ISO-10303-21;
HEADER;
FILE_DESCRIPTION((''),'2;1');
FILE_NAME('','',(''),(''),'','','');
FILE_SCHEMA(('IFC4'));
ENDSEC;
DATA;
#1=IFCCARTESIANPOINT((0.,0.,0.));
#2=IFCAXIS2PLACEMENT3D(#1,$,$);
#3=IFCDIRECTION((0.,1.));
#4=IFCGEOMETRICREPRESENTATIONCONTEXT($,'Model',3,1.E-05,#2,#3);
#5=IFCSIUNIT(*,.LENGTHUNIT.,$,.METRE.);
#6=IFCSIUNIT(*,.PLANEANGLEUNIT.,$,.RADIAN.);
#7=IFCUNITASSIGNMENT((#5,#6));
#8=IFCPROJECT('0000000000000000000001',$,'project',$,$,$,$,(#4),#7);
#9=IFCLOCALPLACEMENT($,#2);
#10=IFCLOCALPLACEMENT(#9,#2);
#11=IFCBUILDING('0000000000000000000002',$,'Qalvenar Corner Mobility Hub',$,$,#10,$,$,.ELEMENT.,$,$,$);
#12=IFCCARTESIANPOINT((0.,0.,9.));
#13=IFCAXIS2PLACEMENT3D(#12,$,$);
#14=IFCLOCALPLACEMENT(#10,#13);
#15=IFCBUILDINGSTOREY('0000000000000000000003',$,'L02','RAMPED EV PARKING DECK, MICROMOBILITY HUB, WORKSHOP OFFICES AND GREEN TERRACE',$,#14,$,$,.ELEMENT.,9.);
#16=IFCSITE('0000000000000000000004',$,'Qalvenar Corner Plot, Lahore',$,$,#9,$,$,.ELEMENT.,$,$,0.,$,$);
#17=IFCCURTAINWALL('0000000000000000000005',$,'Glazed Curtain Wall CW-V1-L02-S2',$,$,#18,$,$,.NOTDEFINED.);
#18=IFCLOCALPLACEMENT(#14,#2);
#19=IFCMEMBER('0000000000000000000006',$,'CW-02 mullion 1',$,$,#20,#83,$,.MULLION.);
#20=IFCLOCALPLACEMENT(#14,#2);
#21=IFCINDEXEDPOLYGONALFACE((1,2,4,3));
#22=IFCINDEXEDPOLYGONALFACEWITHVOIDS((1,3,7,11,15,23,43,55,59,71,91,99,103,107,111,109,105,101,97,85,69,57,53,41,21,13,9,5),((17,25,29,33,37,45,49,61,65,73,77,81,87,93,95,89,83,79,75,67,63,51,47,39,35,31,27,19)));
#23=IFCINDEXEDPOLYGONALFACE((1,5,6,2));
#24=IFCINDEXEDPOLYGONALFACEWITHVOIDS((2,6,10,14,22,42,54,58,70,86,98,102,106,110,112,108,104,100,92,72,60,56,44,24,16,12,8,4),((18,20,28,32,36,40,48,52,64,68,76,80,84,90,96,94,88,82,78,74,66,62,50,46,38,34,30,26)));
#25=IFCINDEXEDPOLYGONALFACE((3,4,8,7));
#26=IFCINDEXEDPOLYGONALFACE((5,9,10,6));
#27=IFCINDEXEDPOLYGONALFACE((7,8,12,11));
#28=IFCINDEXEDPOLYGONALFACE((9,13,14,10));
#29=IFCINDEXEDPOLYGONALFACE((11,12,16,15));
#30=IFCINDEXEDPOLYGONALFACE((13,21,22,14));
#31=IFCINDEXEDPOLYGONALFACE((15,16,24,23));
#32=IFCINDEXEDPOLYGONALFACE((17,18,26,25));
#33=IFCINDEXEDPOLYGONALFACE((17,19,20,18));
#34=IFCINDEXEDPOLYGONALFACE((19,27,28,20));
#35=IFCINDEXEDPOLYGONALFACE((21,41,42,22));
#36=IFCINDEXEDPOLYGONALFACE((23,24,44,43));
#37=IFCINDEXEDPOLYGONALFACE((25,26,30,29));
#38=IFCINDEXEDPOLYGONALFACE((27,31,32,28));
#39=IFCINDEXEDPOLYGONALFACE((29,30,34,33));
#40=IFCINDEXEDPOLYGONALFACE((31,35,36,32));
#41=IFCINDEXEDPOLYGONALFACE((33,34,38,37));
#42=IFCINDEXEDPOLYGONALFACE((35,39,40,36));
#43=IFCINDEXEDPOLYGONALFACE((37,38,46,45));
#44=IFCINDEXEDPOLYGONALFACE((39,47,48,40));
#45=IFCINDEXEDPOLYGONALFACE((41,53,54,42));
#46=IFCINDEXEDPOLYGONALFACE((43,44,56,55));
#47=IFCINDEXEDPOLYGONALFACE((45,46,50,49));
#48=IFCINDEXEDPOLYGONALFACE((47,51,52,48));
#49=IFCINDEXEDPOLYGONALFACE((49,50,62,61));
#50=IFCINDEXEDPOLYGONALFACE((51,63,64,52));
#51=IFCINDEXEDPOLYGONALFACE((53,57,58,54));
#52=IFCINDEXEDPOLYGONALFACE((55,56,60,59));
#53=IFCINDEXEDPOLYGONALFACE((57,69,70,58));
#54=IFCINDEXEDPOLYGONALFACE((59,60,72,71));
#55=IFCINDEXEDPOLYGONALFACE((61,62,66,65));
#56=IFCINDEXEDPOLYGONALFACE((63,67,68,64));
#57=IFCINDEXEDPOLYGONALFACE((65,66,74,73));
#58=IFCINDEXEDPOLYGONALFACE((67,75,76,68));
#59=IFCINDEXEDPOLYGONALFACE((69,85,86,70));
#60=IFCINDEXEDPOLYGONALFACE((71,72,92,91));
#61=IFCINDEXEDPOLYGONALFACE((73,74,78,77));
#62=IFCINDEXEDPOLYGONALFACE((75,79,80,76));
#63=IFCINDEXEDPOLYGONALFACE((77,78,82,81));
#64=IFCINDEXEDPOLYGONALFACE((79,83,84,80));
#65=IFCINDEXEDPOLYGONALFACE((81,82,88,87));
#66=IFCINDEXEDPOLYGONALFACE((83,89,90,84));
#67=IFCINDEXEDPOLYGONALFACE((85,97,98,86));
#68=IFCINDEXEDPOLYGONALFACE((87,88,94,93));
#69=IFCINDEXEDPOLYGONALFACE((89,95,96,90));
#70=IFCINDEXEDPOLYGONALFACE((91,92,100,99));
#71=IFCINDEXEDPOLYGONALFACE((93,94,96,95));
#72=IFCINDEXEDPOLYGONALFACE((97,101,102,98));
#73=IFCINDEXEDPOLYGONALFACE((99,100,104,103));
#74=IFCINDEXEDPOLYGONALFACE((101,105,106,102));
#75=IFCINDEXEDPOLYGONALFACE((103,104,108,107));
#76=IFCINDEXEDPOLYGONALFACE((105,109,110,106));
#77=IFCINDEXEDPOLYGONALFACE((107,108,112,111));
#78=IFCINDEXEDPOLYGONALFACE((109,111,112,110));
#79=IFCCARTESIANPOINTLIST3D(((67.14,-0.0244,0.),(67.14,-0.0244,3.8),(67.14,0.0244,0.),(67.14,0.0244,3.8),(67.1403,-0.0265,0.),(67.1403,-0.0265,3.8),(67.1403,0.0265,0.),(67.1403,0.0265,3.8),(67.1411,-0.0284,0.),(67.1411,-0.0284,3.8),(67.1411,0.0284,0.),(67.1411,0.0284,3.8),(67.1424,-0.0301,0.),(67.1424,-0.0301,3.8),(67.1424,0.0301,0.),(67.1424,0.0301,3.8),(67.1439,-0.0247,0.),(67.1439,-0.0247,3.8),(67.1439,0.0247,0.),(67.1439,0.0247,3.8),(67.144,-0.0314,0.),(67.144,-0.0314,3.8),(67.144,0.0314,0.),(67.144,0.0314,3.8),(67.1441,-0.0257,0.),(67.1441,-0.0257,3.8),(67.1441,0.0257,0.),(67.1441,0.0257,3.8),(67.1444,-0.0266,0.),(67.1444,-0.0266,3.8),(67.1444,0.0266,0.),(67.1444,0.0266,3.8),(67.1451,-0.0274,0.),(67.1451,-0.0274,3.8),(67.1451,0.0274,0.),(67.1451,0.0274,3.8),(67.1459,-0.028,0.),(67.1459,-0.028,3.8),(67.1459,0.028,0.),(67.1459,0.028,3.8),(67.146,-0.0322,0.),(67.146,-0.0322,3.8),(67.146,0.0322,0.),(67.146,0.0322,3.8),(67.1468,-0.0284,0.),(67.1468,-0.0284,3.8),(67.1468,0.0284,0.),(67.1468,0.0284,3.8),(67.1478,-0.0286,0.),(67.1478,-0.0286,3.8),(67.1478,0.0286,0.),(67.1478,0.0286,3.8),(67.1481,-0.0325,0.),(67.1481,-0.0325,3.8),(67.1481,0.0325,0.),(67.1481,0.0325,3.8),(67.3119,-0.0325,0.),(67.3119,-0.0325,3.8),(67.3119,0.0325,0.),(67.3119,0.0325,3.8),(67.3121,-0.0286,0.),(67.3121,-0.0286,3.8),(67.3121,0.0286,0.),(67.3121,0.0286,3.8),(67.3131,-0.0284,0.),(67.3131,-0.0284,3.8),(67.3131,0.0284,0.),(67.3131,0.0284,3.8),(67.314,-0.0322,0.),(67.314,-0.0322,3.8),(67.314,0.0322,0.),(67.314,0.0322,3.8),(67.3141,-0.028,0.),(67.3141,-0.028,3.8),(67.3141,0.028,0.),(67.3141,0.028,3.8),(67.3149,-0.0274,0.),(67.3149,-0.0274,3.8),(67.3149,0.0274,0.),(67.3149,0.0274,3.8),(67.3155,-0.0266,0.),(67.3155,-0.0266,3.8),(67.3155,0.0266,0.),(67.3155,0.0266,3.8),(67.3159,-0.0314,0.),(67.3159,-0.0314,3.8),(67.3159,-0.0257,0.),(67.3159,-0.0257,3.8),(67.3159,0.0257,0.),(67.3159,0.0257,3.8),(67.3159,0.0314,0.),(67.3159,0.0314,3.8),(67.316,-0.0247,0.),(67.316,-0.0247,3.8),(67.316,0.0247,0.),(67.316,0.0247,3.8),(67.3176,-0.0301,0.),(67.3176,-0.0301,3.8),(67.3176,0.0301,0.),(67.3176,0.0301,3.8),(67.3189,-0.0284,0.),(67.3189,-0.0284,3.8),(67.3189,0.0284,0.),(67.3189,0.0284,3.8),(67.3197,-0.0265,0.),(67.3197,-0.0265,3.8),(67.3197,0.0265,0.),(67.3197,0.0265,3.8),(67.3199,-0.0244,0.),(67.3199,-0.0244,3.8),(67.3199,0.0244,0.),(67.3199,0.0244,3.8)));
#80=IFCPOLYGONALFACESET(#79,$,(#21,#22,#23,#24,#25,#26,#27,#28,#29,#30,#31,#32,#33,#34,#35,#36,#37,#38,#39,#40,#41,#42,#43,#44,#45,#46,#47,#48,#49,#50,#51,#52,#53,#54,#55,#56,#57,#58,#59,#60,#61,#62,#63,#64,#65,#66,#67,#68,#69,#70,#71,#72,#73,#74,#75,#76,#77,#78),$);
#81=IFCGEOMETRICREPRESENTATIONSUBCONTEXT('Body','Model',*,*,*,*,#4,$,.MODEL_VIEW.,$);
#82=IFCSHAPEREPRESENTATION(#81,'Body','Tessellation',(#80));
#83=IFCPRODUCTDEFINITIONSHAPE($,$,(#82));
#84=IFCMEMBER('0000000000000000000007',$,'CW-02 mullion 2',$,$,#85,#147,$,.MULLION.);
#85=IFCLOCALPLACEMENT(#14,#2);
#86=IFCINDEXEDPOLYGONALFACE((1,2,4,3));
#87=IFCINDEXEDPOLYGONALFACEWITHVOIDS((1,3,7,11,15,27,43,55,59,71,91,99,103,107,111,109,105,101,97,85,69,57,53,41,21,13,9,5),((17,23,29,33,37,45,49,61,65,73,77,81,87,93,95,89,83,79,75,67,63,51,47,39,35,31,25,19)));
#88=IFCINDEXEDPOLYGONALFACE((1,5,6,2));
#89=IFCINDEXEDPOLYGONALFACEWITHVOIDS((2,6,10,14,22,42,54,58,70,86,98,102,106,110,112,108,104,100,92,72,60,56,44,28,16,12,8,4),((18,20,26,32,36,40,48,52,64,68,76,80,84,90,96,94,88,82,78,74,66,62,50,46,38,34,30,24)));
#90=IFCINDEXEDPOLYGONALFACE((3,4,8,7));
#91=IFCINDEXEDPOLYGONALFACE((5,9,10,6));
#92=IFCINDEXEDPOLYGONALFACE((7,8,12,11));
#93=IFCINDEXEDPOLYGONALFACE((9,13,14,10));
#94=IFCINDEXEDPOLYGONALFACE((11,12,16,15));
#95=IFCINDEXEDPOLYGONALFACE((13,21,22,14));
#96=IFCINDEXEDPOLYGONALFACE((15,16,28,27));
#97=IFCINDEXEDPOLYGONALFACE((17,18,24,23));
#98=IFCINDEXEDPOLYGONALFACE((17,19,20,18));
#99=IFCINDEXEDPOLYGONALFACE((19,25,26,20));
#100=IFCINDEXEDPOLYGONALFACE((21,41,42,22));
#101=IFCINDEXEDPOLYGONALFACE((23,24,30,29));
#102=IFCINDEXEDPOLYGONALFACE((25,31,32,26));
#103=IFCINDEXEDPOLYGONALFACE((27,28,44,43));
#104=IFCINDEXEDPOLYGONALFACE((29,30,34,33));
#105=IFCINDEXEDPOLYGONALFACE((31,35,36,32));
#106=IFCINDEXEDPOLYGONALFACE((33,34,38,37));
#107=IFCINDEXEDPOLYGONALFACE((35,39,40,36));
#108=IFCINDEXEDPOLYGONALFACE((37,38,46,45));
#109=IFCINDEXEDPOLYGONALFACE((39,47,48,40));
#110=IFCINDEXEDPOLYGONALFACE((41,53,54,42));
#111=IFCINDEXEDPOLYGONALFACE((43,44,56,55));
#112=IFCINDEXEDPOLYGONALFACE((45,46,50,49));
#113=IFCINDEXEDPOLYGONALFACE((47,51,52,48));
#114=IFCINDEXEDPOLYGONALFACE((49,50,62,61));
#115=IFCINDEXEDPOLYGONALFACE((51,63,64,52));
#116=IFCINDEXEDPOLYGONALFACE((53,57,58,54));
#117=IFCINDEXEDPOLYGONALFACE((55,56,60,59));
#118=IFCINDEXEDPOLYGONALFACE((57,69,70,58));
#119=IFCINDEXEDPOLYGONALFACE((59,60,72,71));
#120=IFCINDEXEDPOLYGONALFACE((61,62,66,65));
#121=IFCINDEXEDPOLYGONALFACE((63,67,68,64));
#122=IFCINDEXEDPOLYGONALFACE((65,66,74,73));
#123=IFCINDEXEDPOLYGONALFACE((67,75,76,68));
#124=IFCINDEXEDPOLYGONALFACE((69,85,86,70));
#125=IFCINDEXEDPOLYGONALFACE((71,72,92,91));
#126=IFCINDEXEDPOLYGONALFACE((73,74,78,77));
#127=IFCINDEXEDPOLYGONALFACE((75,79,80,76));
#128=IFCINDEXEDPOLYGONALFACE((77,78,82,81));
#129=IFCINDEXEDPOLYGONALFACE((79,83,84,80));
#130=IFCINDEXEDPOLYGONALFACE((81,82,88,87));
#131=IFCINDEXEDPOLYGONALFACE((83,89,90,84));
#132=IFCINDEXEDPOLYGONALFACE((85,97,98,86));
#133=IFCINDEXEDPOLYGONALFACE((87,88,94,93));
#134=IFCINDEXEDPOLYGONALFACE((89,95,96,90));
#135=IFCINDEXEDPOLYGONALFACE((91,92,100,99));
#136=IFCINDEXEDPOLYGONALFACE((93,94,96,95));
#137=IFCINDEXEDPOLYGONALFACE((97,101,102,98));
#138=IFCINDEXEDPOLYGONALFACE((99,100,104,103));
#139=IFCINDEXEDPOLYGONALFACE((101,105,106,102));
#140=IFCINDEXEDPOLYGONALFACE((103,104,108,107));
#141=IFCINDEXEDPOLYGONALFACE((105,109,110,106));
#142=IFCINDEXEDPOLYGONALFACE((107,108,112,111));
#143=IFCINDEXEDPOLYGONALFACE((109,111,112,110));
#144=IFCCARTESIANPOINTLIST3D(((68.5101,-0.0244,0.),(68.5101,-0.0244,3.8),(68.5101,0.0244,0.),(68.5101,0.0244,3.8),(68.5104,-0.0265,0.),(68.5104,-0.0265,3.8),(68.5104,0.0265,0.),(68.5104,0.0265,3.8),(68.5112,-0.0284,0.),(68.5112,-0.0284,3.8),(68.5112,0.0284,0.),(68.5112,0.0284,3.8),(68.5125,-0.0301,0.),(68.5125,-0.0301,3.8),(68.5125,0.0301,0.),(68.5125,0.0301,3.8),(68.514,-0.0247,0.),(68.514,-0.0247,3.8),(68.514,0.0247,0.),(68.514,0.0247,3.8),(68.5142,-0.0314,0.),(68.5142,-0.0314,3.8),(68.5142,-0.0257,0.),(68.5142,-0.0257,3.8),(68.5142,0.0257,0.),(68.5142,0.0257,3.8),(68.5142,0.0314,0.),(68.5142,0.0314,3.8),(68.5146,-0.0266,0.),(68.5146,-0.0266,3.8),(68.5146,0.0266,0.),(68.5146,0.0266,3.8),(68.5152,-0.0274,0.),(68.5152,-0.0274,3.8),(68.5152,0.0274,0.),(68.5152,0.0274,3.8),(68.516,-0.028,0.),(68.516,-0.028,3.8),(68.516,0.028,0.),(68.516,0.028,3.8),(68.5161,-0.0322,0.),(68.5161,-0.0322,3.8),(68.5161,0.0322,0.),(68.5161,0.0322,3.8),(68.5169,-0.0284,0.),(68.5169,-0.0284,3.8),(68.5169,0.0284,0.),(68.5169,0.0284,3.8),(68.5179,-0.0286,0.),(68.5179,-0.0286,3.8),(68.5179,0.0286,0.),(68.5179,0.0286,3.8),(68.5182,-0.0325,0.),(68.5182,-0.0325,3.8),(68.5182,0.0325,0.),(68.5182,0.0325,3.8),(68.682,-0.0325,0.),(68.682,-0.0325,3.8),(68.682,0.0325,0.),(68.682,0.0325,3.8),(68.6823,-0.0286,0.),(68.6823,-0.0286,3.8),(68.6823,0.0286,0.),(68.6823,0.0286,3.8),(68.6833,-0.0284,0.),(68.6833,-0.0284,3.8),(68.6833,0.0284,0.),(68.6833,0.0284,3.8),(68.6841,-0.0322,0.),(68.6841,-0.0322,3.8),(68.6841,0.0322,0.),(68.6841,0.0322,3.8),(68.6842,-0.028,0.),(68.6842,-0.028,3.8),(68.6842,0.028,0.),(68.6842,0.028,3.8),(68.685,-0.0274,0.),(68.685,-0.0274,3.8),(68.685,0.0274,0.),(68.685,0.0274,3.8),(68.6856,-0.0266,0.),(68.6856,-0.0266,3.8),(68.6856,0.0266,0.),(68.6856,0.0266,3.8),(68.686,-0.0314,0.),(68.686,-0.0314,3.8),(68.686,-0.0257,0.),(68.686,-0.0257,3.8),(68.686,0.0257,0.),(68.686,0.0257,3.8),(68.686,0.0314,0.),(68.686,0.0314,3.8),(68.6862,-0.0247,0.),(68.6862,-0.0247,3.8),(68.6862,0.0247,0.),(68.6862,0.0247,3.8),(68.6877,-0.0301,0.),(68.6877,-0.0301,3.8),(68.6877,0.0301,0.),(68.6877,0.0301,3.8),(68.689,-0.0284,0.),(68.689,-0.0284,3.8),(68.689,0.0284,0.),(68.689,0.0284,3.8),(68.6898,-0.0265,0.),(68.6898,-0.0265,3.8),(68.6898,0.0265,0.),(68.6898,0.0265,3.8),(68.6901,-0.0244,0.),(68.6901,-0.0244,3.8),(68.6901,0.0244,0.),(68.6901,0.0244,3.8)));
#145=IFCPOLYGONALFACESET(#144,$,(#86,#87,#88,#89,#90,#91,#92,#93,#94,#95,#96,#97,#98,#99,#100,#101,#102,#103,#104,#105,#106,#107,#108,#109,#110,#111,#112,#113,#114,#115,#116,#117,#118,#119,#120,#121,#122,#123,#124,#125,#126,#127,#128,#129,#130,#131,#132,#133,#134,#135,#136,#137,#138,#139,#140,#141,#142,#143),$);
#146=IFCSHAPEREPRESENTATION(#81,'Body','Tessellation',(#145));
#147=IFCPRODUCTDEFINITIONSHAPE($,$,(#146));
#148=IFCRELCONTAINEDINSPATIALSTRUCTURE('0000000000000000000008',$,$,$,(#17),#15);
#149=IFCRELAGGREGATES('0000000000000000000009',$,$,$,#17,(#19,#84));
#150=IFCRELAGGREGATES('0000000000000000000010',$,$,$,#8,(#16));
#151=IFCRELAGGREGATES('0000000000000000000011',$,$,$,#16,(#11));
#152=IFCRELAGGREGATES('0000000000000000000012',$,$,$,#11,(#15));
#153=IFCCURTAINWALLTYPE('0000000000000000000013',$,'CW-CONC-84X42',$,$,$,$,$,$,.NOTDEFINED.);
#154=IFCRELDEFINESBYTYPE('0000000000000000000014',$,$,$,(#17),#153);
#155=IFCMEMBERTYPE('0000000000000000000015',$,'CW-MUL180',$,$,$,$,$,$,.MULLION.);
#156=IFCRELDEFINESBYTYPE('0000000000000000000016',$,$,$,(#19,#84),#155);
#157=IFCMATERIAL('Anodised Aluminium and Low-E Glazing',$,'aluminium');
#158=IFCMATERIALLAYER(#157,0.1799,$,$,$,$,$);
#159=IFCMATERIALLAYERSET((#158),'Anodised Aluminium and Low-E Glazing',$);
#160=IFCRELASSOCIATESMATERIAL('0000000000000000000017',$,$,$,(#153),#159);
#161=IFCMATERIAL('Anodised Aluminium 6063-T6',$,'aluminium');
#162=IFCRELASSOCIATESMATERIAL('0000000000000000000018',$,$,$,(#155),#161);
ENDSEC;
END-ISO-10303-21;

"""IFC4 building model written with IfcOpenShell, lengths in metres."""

from ifc_helpers import new_model, si_unit, direction, frame, origin, origin_2d, place, context, subcontext, project, spatial, hollow_rectangle, extrude, material, layer, layer_set, material_profile, profile_set, type_object, element, aggregate, save


model = new_model("IFC4")

# Units and contexts
model_context = context("Model", 3, precision=1e-05, world=origin(), true_north=direction((0.0, 1.0)))
body_context = subcontext(model_context, "Body", "Model", "MODEL_VIEW")
ifc_project = project(units=[si_unit("LENGTHUNIT", "METRE"), si_unit("PLANEANGLEUNIT", "RADIAN")], contexts=[model_context])

# Site, building, storey
site_placement = place(None, origin())
site = spatial("IfcSite", under=ifc_project, at=site_placement, Name="Qalvenar Corner Plot, Lahore", CompositionType="ELEMENT", RefElevation=0.0)
building_placement = place(site_placement, origin())
building = spatial("IfcBuilding", under=site, at=building_placement, Name="Qalvenar Corner Mobility Hub", CompositionType="ELEMENT")
storey_placement = place(building_placement, frame((0.0, 0.0, 9.0)))
storey = spatial("IfcBuildingStorey", under=building, at=storey_placement, Name="L02", Description="RAMPED EV PARKING DECK, MICROMOBILITY HUB, WORKSHOP OFFICES AND GREEN TERRACE", CompositionType="ELEMENT", Elevation=9.0)

# Curtain wall, members
ifc_material_1 = material(Name="Anodised Aluminium and Low-E Glazing", Category="aluminium")
ifc_layer_1 = layer(ifc_material_1, 0.1799)
ifc_layer_set_1 = layer_set([ifc_layer_1], Name="Anodised Aluminium and Low-E Glazing")
curtain_wall_type = type_object("IfcCurtainWallType", Name="CW-CONC-84X42", PredefinedType="NOTDEFINED", material=ifc_layer_set_1)
ifc_material_2 = material(Name="Anodised Aluminium 6063-T6", Category="aluminium")
ifc_material_profile_1 = material_profile(ifc_material_2, hollow_rectangle(XDim=0.0649, YDim=0.1799, WallThickness=0.0039, InnerFilletRadius=0.0039, OuterFilletRadius=0.0081, at=origin_2d()), Name="RHS180x65x4")
ifc_profile_set_1 = profile_set([ifc_material_profile_1], Name="Anodised Aluminium 6063-T6")
member_type_1 = type_object("IfcMemberType", Name="CW-MUL180", PredefinedType="MULLION", material=ifc_profile_set_1)
curtain_wall_1_placement = place(storey_placement, origin())
curtain_wall_1 = element("IfcCurtainWall", 1, at=curtain_wall_1_placement, inside=storey, type_object=curtain_wall_type, Name="Glazed Curtain Wall CW-V1-L02-S2", PredefinedType="NOTDEFINED")
member_1_placement = place(storey_placement, frame((67.23, 0.0, 0.0), z_axis=(0.0, 0.0, 1.0), x_axis=(0.0, 1.0, 0.0)))
member_1 = element("IfcMember", 2, at=member_1_placement, type_object=member_type_1, Name="CW-02 mullion 1", PredefinedType="MULLION", context=body_context, shape_type="SweptSolid", body=[
    extrude(hollow_rectangle(XDim=0.0649, YDim=0.1799, WallThickness=0.0039, InnerFilletRadius=0.0039, OuterFilletRadius=0.0081, at=origin_2d()), origin(), (0.0, 0.0, 1.0), 3.8),
])
member_2_placement = place(storey_placement, frame((68.6001, 0.0, 0.0), z_axis=(0.0, 0.0, 1.0), x_axis=(0.0, 1.0, 0.0)))
member_2 = element("IfcMember", 3, at=member_2_placement, type_object=member_type_1, Name="CW-02 mullion 2", PredefinedType="MULLION", context=body_context, shape_type="SweptSolid", body=[
    extrude(hollow_rectangle(XDim=0.0649, YDim=0.1799, WallThickness=0.0039, InnerFilletRadius=0.0039, OuterFilletRadius=0.0081, at=origin_2d()), origin(), (0.0, 0.0, 1.0), 3.8),
])

aggregate(curtain_wall_1, [member_1, member_2])

save(model, "model.ifc")
